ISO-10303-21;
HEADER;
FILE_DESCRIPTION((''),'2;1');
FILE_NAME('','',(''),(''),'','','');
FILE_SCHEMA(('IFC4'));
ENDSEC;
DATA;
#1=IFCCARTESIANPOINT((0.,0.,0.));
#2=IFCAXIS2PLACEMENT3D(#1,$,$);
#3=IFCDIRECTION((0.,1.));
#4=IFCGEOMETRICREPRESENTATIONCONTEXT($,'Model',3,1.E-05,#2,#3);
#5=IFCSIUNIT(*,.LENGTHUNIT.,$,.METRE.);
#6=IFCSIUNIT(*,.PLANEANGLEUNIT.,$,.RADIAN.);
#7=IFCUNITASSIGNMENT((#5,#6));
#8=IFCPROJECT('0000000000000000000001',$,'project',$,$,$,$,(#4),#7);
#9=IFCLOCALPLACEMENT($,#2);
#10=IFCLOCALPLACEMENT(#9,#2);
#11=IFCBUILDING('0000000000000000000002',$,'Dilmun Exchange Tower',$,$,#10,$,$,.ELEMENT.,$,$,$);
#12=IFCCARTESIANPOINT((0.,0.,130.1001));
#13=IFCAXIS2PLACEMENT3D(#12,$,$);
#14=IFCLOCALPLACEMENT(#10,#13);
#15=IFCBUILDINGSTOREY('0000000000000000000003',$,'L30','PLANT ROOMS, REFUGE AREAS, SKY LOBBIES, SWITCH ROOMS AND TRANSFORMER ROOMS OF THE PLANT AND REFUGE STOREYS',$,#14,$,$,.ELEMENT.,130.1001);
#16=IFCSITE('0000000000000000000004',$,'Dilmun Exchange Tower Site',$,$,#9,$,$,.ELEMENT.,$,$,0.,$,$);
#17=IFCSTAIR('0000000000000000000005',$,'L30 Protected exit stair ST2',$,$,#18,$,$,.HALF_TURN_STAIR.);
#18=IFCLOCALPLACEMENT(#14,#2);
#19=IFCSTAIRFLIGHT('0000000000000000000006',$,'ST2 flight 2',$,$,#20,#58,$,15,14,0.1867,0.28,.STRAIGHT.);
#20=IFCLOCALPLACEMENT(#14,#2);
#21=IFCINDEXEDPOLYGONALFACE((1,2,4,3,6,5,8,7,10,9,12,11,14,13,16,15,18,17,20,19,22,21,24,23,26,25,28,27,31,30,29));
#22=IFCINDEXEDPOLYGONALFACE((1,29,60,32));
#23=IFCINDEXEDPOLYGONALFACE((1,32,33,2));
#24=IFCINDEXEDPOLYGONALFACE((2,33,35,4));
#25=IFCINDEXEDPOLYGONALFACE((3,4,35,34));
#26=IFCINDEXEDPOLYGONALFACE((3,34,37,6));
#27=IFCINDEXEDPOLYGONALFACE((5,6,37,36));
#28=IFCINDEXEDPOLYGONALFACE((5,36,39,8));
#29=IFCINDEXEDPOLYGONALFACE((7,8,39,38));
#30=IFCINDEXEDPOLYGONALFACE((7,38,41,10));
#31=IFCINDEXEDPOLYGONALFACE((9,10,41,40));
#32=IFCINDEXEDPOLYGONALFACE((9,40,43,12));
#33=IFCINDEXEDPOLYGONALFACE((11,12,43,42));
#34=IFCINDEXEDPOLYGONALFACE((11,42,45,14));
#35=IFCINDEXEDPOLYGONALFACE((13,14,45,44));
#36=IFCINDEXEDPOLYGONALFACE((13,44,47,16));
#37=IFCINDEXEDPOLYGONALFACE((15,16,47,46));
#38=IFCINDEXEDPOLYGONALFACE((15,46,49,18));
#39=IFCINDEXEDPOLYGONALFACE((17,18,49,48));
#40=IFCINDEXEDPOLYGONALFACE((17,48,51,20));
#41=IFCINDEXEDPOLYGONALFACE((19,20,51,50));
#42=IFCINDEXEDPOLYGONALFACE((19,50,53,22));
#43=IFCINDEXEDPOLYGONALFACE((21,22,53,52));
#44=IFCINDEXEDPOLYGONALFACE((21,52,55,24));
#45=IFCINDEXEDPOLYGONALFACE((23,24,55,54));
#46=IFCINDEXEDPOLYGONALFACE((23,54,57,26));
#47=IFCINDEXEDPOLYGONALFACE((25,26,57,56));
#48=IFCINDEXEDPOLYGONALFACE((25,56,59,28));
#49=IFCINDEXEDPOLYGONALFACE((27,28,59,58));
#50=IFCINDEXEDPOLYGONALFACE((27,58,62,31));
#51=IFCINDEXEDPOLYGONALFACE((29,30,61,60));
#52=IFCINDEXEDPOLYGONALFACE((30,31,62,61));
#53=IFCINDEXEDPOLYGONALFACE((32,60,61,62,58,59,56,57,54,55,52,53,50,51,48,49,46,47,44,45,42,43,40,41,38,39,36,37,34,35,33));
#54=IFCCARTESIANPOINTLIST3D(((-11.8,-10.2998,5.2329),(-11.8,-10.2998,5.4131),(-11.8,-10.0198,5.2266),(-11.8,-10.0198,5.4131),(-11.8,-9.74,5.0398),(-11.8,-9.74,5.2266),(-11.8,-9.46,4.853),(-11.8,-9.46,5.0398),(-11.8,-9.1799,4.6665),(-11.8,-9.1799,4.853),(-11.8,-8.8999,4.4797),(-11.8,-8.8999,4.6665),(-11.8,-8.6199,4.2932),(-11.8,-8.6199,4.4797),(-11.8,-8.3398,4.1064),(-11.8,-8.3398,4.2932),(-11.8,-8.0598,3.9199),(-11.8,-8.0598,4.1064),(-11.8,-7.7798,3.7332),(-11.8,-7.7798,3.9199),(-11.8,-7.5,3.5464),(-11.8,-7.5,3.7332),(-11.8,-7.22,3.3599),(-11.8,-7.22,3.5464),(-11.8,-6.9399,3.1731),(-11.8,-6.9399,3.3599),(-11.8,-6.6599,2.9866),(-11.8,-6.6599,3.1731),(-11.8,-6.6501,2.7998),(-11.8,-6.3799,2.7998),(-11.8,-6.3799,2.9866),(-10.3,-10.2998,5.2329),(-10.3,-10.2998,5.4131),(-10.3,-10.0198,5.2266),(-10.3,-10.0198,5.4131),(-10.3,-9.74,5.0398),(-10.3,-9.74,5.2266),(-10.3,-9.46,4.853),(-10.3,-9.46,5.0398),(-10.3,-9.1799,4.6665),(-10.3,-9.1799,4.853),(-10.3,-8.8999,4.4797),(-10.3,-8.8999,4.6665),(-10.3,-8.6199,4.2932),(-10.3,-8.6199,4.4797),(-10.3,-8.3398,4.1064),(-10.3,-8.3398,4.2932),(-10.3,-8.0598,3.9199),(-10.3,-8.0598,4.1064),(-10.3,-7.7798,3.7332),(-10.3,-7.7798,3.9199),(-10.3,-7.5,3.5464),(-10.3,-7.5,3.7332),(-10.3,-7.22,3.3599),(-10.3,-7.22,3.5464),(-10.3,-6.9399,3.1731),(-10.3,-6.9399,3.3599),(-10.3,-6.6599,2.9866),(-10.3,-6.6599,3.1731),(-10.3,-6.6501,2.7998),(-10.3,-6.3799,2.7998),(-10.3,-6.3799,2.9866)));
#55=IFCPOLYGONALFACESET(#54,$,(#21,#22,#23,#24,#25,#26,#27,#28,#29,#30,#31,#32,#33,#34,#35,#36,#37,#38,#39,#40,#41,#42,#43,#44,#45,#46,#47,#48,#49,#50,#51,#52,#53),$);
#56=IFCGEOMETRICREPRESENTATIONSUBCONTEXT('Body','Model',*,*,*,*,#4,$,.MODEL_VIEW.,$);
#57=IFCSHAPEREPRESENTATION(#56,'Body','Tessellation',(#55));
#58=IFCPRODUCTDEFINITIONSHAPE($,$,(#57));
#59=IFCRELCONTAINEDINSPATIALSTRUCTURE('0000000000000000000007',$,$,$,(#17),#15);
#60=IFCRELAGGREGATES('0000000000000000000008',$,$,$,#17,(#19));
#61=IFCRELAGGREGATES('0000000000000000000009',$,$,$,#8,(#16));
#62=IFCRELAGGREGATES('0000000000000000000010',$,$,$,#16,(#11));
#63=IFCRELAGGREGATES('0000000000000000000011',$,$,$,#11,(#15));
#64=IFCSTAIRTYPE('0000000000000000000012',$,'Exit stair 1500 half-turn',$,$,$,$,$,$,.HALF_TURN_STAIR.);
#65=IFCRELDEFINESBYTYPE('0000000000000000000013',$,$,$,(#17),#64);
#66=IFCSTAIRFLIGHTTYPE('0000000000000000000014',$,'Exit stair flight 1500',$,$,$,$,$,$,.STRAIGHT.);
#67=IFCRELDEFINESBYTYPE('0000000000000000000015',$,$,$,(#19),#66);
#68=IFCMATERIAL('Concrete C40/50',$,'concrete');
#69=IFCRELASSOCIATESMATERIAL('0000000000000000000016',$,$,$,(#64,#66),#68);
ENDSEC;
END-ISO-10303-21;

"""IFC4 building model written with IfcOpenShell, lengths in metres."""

from ifc_helpers import new_model, si_unit, direction, frame, origin, place, context, subcontext, project, spatial, polyline, outline, extrude, material, type_object, element, aggregate, save


model = new_model("IFC4")

# Units and contexts
model_context = context("Model", 3, precision=1e-05, world=origin(), true_north=direction((0.0, 1.0)))
body_context = subcontext(model_context, "Body", "Model", "MODEL_VIEW")
ifc_project = project(units=[si_unit("LENGTHUNIT", "METRE"), si_unit("PLANEANGLEUNIT", "RADIAN")], contexts=[model_context])

# Site, building, storey
site_placement = place(None, origin())
site = spatial("IfcSite", under=ifc_project, at=site_placement, Name="Dilmun Exchange Tower Site", CompositionType="ELEMENT", RefElevation=0.0)
building_placement = place(site_placement, origin())
building = spatial("IfcBuilding", under=site, at=building_placement, Name="Dilmun Exchange Tower", CompositionType="ELEMENT")
storey_placement = place(building_placement, frame((0.0, 0.0, 130.1001)))
storey = spatial("IfcBuildingStorey", under=building, at=storey_placement, Name="L30", Description="PLANT ROOMS, REFUGE AREAS, SKY LOBBIES, SWITCH ROOMS AND TRANSFORMER ROOMS OF THE PLANT AND REFUGE STOREYS", CompositionType="ELEMENT", Elevation=130.1001)

# Stair
ifc_material_1 = material(Name="Concrete C40/50", Category="concrete")
stair_type = type_object("IfcStairType", Name="Exit stair 1500 half-turn", PredefinedType="HALF_TURN_STAIR", material=ifc_material_1)
stair_1_placement = place(storey_placement, origin())
stair_1 = element("IfcStair", 1, at=stair_1_placement, inside=storey, type_object=stair_type, Name="L30 Protected exit stair ST2", PredefinedType="HALF_TURN_STAIR")

# Stair flight
stair_flight_type = type_object("IfcStairFlightType", Name="Exit stair flight 1500", PredefinedType="STRAIGHT", material=ifc_material_1)
stair_flight_placement = place(storey_placement, frame((-11.05, -6.3799, 2.7998), z_axis=(0.0, 0.0, 1.0), x_axis=(0.0, -1.0, 0.0)))
stair_flight = element("IfcStairFlight", 2, at=stair_flight_placement, type_object=stair_flight_type, Name="ST2 flight 2", NumberOfRisers=15, NumberOfTreads=14, PredefinedType="STRAIGHT", RiserHeight=0.1867, TreadLength=0.28, context=body_context, shape_type="SweptSolid", body=[
    extrude(outline(polyline([(0.0, 0.0), (0.0, 0.1868), (0.28, 0.1868), (0.28, 0.3733), (0.5601, 0.3733), (0.5601, 0.5601), (0.8401, 0.5601), (0.8401, 0.7466), (1.1201, 0.7466), (1.1201, 0.9333), (1.3999, 0.9333), (1.3999, 1.1201), (1.6799, 1.1201), (1.6799, 1.3066), (1.96, 1.3066), (1.96, 1.4934), (2.24, 1.4934), (2.24, 1.6799), (2.52, 1.6799), (2.52, 1.8667), (2.8, 1.8667), (2.8, 2.0532), (3.0801, 2.0532), (3.0801, 2.24), (3.3601, 2.24), (3.3601, 2.4268), (3.6399, 2.4268), (3.6399, 2.6133), (3.9199, 2.6133), (3.9199, 2.8), (3.9199, 2.4331), (0.2703, 0.0), (0.0, 0.0)])), frame((0.0, 0.75, 0.0), z_axis=(0.0, -1.0, 0.0), x_axis=(1.0, 0.0, 0.0)), (0.0, 0.0, 1.0), 1.5),
])
aggregate(stair_1, [stair_flight])

save(model, "model.ifc")
